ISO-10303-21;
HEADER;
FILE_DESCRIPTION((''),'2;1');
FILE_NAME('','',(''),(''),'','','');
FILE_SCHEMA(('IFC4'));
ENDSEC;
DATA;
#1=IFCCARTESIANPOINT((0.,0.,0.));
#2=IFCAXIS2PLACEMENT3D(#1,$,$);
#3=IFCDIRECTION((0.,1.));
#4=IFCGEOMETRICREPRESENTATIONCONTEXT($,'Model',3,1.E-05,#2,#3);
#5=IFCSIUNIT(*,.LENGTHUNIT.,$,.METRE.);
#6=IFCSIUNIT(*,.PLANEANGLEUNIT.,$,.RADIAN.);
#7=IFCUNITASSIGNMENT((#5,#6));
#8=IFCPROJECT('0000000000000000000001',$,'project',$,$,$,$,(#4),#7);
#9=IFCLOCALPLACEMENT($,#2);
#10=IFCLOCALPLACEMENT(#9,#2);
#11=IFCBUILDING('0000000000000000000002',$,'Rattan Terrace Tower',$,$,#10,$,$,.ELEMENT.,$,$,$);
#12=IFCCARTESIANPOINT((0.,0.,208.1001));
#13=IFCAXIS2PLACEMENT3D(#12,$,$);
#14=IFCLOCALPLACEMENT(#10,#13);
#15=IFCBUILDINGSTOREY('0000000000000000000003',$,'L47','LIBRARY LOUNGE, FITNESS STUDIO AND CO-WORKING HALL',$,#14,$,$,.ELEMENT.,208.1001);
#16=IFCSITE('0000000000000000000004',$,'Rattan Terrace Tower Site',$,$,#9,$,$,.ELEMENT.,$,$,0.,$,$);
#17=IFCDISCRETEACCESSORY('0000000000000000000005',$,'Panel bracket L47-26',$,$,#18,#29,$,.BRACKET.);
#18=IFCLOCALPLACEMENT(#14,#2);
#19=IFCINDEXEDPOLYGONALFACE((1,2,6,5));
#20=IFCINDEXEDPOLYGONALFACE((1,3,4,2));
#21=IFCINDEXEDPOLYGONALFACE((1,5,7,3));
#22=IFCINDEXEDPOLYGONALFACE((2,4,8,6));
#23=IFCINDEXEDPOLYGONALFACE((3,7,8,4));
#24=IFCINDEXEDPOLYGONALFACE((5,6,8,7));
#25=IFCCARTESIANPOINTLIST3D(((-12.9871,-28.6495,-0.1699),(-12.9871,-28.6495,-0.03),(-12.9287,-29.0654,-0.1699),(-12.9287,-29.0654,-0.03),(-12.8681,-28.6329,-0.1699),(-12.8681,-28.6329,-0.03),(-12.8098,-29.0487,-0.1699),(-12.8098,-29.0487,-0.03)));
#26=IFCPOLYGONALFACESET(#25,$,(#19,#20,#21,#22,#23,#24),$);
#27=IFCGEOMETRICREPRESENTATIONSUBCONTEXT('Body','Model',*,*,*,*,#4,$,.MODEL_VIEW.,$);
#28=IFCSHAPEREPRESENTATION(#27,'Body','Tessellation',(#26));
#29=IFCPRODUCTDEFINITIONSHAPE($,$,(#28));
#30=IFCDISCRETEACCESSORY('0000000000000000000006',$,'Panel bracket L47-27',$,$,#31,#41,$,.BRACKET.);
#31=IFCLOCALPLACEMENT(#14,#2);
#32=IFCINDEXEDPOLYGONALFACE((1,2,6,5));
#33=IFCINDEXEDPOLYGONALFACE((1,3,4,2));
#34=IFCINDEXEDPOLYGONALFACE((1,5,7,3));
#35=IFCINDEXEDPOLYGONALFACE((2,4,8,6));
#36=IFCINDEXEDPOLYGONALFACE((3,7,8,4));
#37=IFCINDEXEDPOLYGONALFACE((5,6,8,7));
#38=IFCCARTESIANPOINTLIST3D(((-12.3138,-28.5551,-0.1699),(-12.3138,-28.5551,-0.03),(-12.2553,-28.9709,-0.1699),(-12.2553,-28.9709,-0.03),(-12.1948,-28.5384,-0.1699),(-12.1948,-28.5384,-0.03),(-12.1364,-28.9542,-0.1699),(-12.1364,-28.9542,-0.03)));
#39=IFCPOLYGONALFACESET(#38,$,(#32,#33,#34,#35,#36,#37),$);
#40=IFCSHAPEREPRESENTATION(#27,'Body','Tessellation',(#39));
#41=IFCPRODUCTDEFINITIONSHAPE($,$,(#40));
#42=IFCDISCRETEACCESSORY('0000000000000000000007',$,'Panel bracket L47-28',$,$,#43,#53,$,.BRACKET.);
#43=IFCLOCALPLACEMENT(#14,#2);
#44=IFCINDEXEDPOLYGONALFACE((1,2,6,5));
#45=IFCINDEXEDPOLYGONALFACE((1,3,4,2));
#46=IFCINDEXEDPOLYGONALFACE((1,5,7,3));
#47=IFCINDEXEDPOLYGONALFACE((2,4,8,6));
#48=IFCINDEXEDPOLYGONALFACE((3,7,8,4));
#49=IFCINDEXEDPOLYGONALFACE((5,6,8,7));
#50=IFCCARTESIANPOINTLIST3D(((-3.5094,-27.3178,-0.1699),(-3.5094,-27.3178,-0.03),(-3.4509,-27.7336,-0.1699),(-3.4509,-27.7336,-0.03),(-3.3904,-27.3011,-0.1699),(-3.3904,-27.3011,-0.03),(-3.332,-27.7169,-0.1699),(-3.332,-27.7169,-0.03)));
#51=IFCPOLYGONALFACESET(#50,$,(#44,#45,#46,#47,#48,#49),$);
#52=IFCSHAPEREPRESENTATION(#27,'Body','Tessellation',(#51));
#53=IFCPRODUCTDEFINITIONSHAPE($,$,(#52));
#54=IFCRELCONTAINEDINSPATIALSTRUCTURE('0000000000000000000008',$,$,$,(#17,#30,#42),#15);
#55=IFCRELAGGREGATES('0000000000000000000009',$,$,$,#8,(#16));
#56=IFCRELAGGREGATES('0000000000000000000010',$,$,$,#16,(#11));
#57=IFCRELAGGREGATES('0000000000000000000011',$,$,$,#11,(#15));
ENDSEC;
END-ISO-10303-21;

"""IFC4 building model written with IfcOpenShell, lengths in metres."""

from ifc_helpers import new_model, si_unit, direction, frame, origin, origin_2d, place, context, subcontext, project, spatial, rectangle, extrude, element, save


model = new_model("IFC4")

# Units and contexts
model_context = context("Model", 3, precision=1e-05, world=origin(), true_north=direction((0.0, 1.0)))
body_context = subcontext(model_context, "Body", "Model", "MODEL_VIEW")
ifc_project = project(units=[si_unit("LENGTHUNIT", "METRE"), si_unit("PLANEANGLEUNIT", "RADIAN")], contexts=[model_context])

# Site, building, storey
site_placement = place(None, origin())
site = spatial("IfcSite", under=ifc_project, at=site_placement, Name="Rattan Terrace Tower Site", CompositionType="ELEMENT", RefElevation=0.0)
building_placement = place(site_placement, origin())
building = spatial("IfcBuilding", under=site, at=building_placement, Name="Rattan Terrace Tower", CompositionType="ELEMENT")
storey_placement = place(building_placement, frame((0.0, 0.0, 208.1001)))
storey = spatial("IfcBuildingStorey", under=building, at=storey_placement, Name="L47", Description="LIBRARY LOUNGE, FITNESS STUDIO AND CO-WORKING HALL", CompositionType="ELEMENT", Elevation=208.1001)

# Discrete accessories
for number, where, z_axis, x_axis, name in (
    (1, (-12.8984, -28.8491, -0.1699), (0.0, 0.0, 1.0), (0.990293, 0.138994, 0.0), "Panel bracket L47-26"),
    (2, (-12.2251, -28.7546, -0.1699), (0.0, 0.0, 1.0), (0.990267, 0.139177, 0.0), "Panel bracket L47-27"),
    (3, (-3.4207, -27.5173, -0.1699), (0.0, 0.0, 1.0), (0.990267, 0.139177, 0.0), "Panel bracket L47-28"),
):
    element("IfcDiscreteAccessory", number, at=place(storey_placement, frame(where, z_axis=z_axis, x_axis=x_axis)), inside=storey, Name=name, PredefinedType="BRACKET", context=body_context, shape_type="SweptSolid", body=[
        extrude(rectangle(XDim=0.1201, YDim=0.4199, at=origin_2d()), origin(), (0.0, 0.0, 1.0), 0.1399),
    ])

save(model, "model.ifc")
